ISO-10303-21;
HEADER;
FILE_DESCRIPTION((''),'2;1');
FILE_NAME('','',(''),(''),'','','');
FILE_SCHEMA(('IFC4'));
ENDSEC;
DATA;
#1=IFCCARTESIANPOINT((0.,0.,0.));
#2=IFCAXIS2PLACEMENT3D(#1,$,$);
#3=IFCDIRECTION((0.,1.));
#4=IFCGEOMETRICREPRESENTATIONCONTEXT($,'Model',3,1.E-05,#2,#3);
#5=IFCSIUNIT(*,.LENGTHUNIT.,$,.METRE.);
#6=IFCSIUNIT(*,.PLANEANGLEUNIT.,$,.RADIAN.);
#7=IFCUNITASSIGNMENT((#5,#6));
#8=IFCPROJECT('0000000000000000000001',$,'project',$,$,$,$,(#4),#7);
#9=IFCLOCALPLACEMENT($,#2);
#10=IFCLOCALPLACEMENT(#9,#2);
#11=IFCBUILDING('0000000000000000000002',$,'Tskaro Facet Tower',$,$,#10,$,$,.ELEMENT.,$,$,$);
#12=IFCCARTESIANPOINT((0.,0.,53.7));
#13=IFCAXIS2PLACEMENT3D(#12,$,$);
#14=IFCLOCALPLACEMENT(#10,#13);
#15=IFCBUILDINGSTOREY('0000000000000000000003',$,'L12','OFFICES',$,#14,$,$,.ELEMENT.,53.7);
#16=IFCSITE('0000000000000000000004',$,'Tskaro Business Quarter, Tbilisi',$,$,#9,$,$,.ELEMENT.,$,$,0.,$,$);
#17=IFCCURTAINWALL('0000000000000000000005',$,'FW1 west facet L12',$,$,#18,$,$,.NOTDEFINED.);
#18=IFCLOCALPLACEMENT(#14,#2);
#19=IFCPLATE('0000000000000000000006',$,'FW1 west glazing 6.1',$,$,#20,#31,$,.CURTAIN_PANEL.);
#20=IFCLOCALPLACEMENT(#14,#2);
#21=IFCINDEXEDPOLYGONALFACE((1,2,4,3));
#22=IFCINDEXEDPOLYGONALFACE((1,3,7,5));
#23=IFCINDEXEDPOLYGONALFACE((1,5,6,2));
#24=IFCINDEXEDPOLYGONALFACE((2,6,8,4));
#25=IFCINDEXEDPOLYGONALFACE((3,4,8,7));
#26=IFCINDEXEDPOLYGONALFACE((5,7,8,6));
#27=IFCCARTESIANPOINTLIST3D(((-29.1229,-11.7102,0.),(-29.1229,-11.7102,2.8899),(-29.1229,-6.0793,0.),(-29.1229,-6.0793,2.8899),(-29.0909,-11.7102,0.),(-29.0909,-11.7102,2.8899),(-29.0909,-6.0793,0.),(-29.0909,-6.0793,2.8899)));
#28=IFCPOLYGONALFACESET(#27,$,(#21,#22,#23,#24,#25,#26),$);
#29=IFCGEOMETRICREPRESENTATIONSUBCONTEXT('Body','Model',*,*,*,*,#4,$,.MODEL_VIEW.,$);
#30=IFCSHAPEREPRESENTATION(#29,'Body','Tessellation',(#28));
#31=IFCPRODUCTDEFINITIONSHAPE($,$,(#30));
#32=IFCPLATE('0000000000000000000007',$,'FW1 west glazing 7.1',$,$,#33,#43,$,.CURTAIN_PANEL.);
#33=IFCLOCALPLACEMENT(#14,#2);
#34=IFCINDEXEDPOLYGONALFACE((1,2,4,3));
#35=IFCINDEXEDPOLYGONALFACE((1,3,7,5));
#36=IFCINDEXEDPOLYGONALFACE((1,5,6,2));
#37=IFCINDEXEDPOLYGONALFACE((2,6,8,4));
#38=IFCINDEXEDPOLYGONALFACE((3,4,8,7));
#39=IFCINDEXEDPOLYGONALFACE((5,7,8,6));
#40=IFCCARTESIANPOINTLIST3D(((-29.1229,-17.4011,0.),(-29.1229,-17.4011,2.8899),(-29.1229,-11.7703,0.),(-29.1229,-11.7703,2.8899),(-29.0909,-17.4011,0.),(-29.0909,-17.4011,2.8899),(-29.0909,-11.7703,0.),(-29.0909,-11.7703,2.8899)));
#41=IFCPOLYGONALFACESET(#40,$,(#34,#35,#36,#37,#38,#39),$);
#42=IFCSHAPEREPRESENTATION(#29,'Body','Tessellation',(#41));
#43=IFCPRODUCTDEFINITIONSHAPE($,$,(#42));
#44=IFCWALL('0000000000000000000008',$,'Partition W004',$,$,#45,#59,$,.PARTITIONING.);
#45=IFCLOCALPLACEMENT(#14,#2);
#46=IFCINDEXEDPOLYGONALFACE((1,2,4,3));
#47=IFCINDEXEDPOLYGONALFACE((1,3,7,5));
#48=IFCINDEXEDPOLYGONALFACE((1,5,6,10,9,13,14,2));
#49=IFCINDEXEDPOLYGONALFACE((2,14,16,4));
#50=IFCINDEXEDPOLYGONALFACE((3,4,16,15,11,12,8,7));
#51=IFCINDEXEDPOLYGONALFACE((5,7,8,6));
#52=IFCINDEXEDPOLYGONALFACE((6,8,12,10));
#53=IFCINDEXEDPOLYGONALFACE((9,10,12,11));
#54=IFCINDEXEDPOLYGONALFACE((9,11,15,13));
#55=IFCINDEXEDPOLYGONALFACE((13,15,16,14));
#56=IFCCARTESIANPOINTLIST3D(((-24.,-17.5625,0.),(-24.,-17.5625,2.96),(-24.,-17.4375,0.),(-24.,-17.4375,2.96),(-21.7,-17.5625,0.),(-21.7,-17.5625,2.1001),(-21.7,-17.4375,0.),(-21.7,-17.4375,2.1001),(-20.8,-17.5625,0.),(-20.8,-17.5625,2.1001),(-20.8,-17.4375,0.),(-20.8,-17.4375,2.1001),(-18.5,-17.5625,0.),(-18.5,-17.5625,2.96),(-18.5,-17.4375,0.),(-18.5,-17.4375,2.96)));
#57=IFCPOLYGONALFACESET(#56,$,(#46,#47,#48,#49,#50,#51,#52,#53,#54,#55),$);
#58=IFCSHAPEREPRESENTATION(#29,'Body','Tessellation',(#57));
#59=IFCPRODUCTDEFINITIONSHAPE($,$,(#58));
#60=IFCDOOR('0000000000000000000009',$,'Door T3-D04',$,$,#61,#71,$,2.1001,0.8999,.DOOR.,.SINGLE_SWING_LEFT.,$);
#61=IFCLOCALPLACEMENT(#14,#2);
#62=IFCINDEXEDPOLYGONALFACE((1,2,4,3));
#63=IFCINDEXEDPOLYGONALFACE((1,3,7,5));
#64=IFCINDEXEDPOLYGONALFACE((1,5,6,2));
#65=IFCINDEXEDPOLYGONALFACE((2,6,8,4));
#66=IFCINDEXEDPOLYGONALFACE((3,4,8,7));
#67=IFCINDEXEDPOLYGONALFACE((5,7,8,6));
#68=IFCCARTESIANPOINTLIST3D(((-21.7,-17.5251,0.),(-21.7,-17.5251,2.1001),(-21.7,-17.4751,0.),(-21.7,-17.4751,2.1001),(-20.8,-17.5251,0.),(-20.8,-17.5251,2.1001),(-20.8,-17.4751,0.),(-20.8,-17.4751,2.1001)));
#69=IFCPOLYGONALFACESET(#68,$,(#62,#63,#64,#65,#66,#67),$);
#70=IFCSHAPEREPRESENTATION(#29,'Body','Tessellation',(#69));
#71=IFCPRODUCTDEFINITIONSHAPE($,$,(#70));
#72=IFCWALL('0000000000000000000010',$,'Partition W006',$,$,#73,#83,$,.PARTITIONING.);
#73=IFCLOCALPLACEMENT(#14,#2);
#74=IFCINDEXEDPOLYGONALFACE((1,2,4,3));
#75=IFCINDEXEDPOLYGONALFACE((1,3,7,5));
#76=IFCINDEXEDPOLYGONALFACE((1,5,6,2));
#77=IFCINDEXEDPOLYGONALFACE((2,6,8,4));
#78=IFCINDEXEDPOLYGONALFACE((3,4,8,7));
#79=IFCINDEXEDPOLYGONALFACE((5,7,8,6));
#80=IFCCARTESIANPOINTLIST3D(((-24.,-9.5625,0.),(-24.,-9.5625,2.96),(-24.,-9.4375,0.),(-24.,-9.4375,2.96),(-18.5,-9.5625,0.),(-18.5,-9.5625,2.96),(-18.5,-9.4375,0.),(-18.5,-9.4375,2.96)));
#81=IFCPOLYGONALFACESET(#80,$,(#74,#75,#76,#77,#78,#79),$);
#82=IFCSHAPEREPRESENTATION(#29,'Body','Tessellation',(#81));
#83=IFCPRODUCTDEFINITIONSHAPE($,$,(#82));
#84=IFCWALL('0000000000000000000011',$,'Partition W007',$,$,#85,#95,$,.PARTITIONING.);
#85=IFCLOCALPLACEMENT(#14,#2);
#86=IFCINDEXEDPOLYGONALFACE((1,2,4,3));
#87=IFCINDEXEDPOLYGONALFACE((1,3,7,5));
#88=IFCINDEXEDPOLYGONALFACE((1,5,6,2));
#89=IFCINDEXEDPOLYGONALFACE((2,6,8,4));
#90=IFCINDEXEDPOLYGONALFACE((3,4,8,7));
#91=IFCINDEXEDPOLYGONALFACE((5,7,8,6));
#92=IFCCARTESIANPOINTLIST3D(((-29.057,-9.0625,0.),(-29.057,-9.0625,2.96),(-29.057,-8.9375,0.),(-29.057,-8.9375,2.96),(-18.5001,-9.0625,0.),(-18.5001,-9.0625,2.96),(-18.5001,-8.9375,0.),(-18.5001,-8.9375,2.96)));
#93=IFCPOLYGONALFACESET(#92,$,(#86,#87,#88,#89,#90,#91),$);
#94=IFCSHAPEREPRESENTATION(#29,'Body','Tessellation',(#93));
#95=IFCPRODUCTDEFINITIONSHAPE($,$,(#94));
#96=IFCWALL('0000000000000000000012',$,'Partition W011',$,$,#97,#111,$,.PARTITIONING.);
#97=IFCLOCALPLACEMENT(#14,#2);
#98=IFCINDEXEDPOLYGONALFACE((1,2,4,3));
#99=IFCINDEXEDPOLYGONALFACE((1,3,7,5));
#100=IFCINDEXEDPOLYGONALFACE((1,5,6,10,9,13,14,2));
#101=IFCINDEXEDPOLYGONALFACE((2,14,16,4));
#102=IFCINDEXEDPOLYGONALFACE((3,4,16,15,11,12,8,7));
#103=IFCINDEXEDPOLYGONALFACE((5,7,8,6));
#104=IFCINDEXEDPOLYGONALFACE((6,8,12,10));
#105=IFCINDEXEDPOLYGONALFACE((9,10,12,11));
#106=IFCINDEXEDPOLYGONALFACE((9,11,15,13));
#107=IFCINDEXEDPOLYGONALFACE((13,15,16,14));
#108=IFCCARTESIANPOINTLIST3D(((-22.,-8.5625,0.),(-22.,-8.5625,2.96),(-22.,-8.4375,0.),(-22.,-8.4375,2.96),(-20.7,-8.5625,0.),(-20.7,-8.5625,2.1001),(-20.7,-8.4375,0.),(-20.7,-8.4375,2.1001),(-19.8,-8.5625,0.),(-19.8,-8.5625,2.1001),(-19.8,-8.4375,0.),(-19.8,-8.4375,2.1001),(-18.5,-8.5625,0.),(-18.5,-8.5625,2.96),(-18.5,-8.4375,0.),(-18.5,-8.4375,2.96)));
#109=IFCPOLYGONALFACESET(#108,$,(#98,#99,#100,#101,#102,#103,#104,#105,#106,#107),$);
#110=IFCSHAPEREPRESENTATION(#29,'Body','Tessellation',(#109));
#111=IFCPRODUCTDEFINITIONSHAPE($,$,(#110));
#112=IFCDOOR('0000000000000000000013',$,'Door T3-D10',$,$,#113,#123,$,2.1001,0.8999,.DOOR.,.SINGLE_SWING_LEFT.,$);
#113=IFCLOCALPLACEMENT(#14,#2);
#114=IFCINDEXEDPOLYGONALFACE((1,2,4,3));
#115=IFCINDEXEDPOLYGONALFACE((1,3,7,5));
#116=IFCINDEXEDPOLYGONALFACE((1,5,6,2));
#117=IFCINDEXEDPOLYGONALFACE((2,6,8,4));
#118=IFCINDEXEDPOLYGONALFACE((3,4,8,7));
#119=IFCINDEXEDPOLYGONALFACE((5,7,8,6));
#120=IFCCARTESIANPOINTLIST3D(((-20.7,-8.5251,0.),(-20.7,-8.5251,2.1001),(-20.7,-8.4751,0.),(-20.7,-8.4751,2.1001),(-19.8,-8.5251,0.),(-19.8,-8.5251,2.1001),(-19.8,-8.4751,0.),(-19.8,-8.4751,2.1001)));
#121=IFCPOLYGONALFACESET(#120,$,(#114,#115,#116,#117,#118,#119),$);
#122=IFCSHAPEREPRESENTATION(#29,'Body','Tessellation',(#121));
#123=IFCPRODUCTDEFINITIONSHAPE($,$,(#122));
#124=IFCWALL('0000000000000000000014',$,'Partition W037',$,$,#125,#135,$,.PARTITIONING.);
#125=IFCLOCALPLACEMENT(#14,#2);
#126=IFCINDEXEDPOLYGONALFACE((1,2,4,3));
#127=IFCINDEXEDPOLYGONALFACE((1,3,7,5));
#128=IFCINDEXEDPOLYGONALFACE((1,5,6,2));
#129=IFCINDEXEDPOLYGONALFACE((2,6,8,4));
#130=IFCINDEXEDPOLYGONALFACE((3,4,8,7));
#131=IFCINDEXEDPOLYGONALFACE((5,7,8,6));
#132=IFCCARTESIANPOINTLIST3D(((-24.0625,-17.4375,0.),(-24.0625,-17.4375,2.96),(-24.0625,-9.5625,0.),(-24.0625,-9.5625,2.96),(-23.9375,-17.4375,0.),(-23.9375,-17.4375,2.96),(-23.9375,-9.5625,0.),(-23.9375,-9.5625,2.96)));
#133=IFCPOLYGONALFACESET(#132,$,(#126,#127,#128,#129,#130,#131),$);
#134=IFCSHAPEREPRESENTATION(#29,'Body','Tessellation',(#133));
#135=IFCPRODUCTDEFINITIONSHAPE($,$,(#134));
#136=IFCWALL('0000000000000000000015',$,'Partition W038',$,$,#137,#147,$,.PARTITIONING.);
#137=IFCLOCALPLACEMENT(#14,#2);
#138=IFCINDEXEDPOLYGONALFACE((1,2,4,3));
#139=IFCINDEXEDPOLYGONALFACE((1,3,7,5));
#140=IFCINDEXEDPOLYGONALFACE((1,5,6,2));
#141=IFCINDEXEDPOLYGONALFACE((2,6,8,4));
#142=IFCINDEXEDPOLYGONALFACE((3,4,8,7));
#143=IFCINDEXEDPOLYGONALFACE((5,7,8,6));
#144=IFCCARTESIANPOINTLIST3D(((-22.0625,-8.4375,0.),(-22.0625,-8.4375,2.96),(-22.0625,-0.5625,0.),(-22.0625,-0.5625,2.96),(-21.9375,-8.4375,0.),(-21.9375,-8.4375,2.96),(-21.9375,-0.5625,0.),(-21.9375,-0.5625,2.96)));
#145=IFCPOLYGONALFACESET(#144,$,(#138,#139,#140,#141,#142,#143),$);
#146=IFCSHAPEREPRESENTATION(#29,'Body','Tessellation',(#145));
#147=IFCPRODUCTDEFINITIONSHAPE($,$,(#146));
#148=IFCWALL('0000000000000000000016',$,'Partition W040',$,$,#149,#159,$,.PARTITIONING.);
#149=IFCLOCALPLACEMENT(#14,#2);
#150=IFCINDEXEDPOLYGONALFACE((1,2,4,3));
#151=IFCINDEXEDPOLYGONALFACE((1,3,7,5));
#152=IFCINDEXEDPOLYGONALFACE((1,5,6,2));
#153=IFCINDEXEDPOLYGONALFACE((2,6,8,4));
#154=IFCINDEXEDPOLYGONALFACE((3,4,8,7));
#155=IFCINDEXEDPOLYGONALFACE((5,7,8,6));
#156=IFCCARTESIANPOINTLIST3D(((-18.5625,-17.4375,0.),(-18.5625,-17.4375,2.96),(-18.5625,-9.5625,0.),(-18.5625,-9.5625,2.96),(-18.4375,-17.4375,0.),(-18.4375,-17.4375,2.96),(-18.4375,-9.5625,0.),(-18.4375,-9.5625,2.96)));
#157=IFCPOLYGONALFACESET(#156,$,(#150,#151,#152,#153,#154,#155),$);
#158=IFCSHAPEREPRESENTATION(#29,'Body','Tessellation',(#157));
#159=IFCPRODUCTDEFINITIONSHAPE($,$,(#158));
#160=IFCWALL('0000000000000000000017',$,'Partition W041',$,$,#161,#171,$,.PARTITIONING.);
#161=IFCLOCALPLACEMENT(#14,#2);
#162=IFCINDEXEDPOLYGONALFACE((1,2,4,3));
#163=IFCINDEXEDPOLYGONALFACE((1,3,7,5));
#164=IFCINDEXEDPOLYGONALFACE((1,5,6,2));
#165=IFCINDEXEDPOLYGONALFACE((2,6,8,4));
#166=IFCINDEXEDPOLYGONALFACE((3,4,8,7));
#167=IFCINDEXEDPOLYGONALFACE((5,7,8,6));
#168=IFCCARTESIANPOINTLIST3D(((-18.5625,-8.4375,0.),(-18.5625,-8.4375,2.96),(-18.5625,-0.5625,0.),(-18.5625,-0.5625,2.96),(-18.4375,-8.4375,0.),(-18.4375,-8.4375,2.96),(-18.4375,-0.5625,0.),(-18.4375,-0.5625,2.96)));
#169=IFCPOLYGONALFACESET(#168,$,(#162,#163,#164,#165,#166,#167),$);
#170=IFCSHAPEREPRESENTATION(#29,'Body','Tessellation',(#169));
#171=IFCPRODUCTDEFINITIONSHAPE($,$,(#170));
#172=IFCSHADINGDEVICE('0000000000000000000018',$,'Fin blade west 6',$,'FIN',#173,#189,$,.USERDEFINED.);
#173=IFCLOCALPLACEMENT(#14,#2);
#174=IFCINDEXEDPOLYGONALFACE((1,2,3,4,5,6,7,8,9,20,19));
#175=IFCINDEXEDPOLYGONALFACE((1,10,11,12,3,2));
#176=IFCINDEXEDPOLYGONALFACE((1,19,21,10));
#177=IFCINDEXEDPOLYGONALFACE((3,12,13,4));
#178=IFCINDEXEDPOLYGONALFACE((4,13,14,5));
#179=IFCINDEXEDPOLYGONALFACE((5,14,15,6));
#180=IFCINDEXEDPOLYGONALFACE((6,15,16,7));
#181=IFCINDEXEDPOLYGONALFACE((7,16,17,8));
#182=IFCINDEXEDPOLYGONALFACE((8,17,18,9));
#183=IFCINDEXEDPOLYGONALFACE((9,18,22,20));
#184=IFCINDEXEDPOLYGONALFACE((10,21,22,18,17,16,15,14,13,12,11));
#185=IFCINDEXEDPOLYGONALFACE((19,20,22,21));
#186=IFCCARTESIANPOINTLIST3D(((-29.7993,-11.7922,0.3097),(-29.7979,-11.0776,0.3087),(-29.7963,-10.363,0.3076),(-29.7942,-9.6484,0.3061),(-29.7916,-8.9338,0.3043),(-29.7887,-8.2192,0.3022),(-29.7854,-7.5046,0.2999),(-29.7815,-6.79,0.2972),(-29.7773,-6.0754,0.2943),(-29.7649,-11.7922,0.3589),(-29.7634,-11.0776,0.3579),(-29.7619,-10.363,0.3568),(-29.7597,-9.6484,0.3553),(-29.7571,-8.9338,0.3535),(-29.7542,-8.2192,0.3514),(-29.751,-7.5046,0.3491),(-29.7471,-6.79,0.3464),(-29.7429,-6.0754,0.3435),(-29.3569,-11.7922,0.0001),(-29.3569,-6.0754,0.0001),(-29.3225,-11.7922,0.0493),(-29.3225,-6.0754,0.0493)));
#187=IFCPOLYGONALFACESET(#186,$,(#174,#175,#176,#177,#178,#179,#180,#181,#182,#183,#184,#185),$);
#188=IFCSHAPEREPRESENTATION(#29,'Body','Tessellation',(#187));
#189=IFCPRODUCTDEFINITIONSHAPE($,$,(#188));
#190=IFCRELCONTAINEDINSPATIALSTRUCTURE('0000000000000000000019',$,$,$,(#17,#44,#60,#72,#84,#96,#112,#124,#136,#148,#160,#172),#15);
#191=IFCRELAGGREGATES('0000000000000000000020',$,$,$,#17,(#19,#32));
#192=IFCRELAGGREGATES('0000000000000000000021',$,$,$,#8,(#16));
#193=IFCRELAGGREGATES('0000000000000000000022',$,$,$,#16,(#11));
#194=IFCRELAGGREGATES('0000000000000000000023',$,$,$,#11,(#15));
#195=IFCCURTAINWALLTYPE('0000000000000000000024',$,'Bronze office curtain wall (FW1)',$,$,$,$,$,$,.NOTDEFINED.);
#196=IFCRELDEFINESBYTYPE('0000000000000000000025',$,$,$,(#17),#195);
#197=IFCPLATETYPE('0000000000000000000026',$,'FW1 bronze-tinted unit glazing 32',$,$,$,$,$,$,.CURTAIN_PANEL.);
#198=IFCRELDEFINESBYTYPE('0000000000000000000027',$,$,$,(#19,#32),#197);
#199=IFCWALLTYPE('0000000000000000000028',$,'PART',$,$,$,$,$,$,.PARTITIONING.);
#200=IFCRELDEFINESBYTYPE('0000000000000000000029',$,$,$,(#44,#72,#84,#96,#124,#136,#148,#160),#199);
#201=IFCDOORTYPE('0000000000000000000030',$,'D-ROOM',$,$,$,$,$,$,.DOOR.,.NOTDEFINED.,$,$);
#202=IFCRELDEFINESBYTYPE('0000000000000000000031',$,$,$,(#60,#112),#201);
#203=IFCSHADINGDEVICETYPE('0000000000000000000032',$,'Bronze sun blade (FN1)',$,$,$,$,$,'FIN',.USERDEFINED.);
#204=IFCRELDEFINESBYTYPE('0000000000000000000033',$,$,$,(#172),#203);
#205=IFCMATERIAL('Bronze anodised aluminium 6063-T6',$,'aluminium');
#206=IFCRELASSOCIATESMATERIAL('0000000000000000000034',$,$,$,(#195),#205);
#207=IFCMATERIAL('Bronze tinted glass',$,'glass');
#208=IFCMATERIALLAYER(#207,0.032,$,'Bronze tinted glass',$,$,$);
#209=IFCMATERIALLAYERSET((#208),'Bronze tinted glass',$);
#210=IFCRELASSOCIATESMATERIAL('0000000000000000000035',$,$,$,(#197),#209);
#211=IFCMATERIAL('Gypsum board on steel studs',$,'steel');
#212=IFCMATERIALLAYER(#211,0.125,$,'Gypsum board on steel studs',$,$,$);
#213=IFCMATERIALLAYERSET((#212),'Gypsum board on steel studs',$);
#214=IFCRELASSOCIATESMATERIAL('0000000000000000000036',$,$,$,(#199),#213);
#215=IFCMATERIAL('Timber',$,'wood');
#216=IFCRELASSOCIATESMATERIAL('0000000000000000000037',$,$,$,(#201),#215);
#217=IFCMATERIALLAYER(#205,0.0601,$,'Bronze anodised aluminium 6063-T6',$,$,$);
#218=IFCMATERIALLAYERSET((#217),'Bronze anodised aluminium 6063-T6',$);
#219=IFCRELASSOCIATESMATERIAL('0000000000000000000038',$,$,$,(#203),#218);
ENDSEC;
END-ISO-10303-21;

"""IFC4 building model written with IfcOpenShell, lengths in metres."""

from ifc_helpers import new_model, si_unit, direction, frame, frame_2d, origin, origin_2d, place, context, subcontext, project, spatial, polyline, rectangle, outline, extrude, material, layer, layer_set, type_object, element, fill, aggregate, save


model = new_model("IFC4")

# Units and contexts
model_context = context("Model", 3, precision=1e-05, world=origin(), true_north=direction((0.0, 1.0)))
body_context = subcontext(model_context, "Body", "Model", "MODEL_VIEW")
ifc_project = project(units=[si_unit("LENGTHUNIT", "METRE"), si_unit("PLANEANGLEUNIT", "RADIAN")], contexts=[model_context])

# Site, building, storey
site_placement = place(None, origin())
site = spatial("IfcSite", under=ifc_project, at=site_placement, Name="Tskaro Business Quarter, Tbilisi", CompositionType="ELEMENT", RefElevation=0.0)
building_placement = place(site_placement, origin())
building = spatial("IfcBuilding", under=site, at=building_placement, Name="Tskaro Facet Tower", CompositionType="ELEMENT")
storey_placement = place(building_placement, frame((0.0, 0.0, 53.7)))
storey = spatial("IfcBuildingStorey", under=building, at=storey_placement, Name="L12", Description="OFFICES", CompositionType="ELEMENT", Elevation=53.7)

# Curtain wall
ifc_material_1 = material(Name="Bronze anodised aluminium 6063-T6", Category="aluminium")
curtain_wall_type = type_object("IfcCurtainWallType", Name="Bronze office curtain wall (FW1)", PredefinedType="NOTDEFINED", material=ifc_material_1)
curtain_wall_placement = place(storey_placement, origin())
curtain_wall = element("IfcCurtainWall", 1, at=curtain_wall_placement, inside=storey, type_object=curtain_wall_type, Name="FW1 west facet L12", PredefinedType="NOTDEFINED")

# Plates
ifc_material_2 = material(Name="Bronze tinted glass", Category="glass")
ifc_layer_1 = layer(ifc_material_2, 0.032, Name="Bronze tinted glass")
ifc_layer_set_1 = layer_set([ifc_layer_1], Name="Bronze tinted glass")
plate_type = type_object("IfcPlateType", Name="FW1 bronze-tinted unit glazing 32", PredefinedType="CURTAIN_PANEL", material=ifc_layer_set_1)
plate_1_placement = place(storey_placement, frame((-29.1069, -8.8948, 0.0), z_axis=(0.0, 0.0, 1.0), x_axis=(0.0, -1.0, 0.0)))
plate_1 = element("IfcPlate", 2, at=plate_1_placement, type_object=plate_type, Name="FW1 west glazing 6.1", PredefinedType="CURTAIN_PANEL", context=body_context, shape_type="SweptSolid", body=[
    extrude(rectangle(XDim=5.6309, YDim=0.032, at=origin_2d()), origin(), (0.0, 0.0, 1.0), 2.8899),
])
plate_2_placement = place(storey_placement, frame((-29.1069, -14.5857, 0.0), z_axis=(0.0, 0.0, 1.0), x_axis=(0.0, -1.0, 0.0)))
plate_2 = element("IfcPlate", 3, at=plate_2_placement, type_object=plate_type, Name="FW1 west glazing 7.1", PredefinedType="CURTAIN_PANEL", context=body_context, shape_type="SweptSolid", body=[
    extrude(rectangle(XDim=5.6309, YDim=0.032, at=origin_2d()), origin(), (0.0, 0.0, 1.0), 2.8899),
])
aggregate(curtain_wall, [plate_1, plate_2])

# Wall, opening, door
ifc_material_3 = material(Name="Gypsum board on steel studs", Category="steel")
ifc_layer_2 = layer(ifc_material_3, 0.125, Name="Gypsum board on steel studs")
ifc_layer_set_2 = layer_set([ifc_layer_2], Name="Gypsum board on steel studs")
wall_type = type_object("IfcWallType", Name="PART", PredefinedType="PARTITIONING", material=ifc_layer_set_2)
wall_1_placement = place(storey_placement, frame((-24.0, -17.5, 0.0), z_axis=(0.0, 0.0, 1.0), x_axis=(1.0, 0.0, 0.0)))
wall_1 = element("IfcWall", 4, at=wall_1_placement, inside=storey, type_object=wall_type, Name="Partition W004", PredefinedType="PARTITIONING", context=body_context, shape_type="SweptSolid", body=[
    extrude(rectangle(XDim=5.5, YDim=0.125, at=frame_2d((2.75, 0.0))), origin(), (0.0, 0.0, 1.0), 2.96),
])
opening_1_placement = place(wall_1_placement, frame((2.3, 0.0, 0.0)))
opening_1 = element("IfcOpeningElement", 5, at=opening_1_placement, cuts=wall_1, PredefinedType="OPENING", context=body_context, shape_type="SweptSolid", body=[
    extrude(rectangle(XDim=0.8999, YDim=2.1001, at=frame_2d((0.45, 1.05))), frame((0.0, 0.0725, 0.0), z_axis=(0.0, -1.0, 0.0), x_axis=(1.0, 0.0, 0.0)), (0.0, 0.0, 1.0), 0.145),
])
ifc_material_4 = material(Name="Timber", Category="wood")
door_type = type_object("IfcDoorType", Name="D-ROOM", OperationType="NOTDEFINED", PredefinedType="DOOR", material=ifc_material_4)
door_1_placement = place(opening_1_placement, origin())
door_1 = element("IfcDoor", 6, at=door_1_placement, inside=storey, type_object=door_type, Name="Door T3-D04", OperationType="SINGLE_SWING_LEFT", OverallHeight=2.1001, OverallWidth=0.8999, PredefinedType="DOOR", context=body_context, shape_type="SweptSolid", body=[
    extrude(rectangle(XDim=0.8999, YDim=2.1001, at=frame_2d((0.45, 1.05))), frame((0.0, 0.0249, 0.0), z_axis=(0.0, -1.0, 0.0), x_axis=(1.0, 0.0, 0.0)), (0.0, 0.0, 1.0), 0.05),
])
fill(opening_1, door_1)

# Walls
wall_2_placement = place(storey_placement, frame((-24.0, -9.5, 0.0), z_axis=(0.0, 0.0, 1.0), x_axis=(1.0, 0.0, 0.0)))
element("IfcWall", 7, at=wall_2_placement, inside=storey, type_object=wall_type, Name="Partition W006", PredefinedType="PARTITIONING", context=body_context, shape_type="SweptSolid", body=[
    extrude(rectangle(XDim=5.5, YDim=0.125, at=frame_2d((2.75, 0.0))), origin(), (0.0, 0.0, 1.0), 2.96),
])
wall_3_placement = place(storey_placement, frame((-29.0569, -9.0, 0.0), z_axis=(0.0, 0.0, 1.0), x_axis=(1.0, 0.0, 0.0)))
element("IfcWall", 8, at=wall_3_placement, inside=storey, type_object=wall_type, Name="Partition W007", PredefinedType="PARTITIONING", context=body_context, shape_type="SweptSolid", body=[
    extrude(rectangle(XDim=10.5569, YDim=0.125, at=frame_2d((5.2783, 0.0))), origin(), (0.0, 0.0, 1.0), 2.96),
])

# Wall, opening, door
wall_4_placement = place(storey_placement, frame((-22.0, -8.5, 0.0), z_axis=(0.0, 0.0, 1.0), x_axis=(1.0, 0.0, 0.0)))
wall_4 = element("IfcWall", 9, at=wall_4_placement, inside=storey, type_object=wall_type, Name="Partition W011", PredefinedType="PARTITIONING", context=body_context, shape_type="SweptSolid", body=[
    extrude(rectangle(XDim=3.5, YDim=0.125, at=frame_2d((1.75, 0.0))), origin(), (0.0, 0.0, 1.0), 2.96),
])
opening_2_placement = place(wall_4_placement, frame((1.3, 0.0, 0.0)))
opening_2 = element("IfcOpeningElement", 10, at=opening_2_placement, cuts=wall_4, PredefinedType="OPENING", context=body_context, shape_type="SweptSolid", body=[
    extrude(rectangle(XDim=0.8999, YDim=2.1001, at=frame_2d((0.45, 1.05))), frame((0.0, 0.0725, 0.0), z_axis=(0.0, -1.0, 0.0), x_axis=(1.0, 0.0, 0.0)), (0.0, 0.0, 1.0), 0.145),
])
door_2_placement = place(opening_2_placement, origin())
door_2 = element("IfcDoor", 11, at=door_2_placement, inside=storey, type_object=door_type, Name="Door T3-D10", OperationType="SINGLE_SWING_LEFT", OverallHeight=2.1001, OverallWidth=0.8999, PredefinedType="DOOR", context=body_context, shape_type="SweptSolid", body=[
    extrude(rectangle(XDim=0.8999, YDim=2.1001, at=frame_2d((0.45, 1.05))), frame((0.0, 0.0249, 0.0), z_axis=(0.0, -1.0, 0.0), x_axis=(1.0, 0.0, 0.0)), (0.0, 0.0, 1.0), 0.05),
])
fill(opening_2, door_2)

# Walls
for number, where, z_axis, x_axis, name in (
    (12, (-24.0, -17.4375, 0.0), (0.0, 0.0, 1.0), (0.0, 1.0, 0.0), "Partition W037"),
    (13, (-22.0, -8.4375, 0.0), (0.0, 0.0, 1.0), (0.0, 1.0, 0.0), "Partition W038"),
    (14, (-18.5, -17.4375, 0.0), (0.0, 0.0, 1.0), (0.0, 1.0, 0.0), "Partition W040"),
    (15, (-18.5, -8.4375, 0.0), (0.0, 0.0, 1.0), (0.0, 1.0, 0.0), "Partition W041"),
):
    element("IfcWall", number, at=place(storey_placement, frame(where, z_axis=z_axis, x_axis=x_axis)), inside=storey, type_object=wall_type, Name=name, PredefinedType="PARTITIONING", context=body_context, shape_type="SweptSolid", body=[
        extrude(rectangle(XDim=7.875, YDim=0.125, at=frame_2d((3.9375, 0.0))), origin(), (0.0, 0.0, 1.0), 2.96),
    ])

# Shading device
ifc_layer_3 = layer(ifc_material_1, 0.0601, Name="Bronze anodised aluminium 6063-T6")
ifc_layer_set_3 = layer_set([ifc_layer_3], Name="Bronze anodised aluminium 6063-T6")
shading_device_type = type_object("IfcShadingDeviceType", Name="Bronze sun blade (FN1)", ElementType="FIN", PredefinedType="USERDEFINED", material=ifc_layer_set_3)
shading_device_1_placement = place(storey_placement, frame((-29.3225, -6.0754, 0.0493), z_axis=(0.573358, 0.0, 0.819305), x_axis=(0.0, -1.0, 0.0)))
element("IfcShadingDevice", 16, at=shading_device_1_placement, inside=storey, type_object=shading_device_type, Name="Fin blade west 6", ObjectType="FIN", PredefinedType="USERDEFINED", context=body_context, shape_type="SweptSolid", body=[
    extrude(outline(polyline([(0.0, 0.0), (5.7168, 0.0), (5.7168, -0.5399), (5.0022, -0.5382), (4.2876, -0.5363), (3.573, -0.5336), (2.8584, -0.5305), (2.1438, -0.5269), (1.4292, -0.5229), (0.7146, -0.5182), (0.0, -0.5131), (0.0, 0.0)])), origin(), (0.0, 0.0, -1.0), 0.0601),
])

save(model, "model.ifc")
